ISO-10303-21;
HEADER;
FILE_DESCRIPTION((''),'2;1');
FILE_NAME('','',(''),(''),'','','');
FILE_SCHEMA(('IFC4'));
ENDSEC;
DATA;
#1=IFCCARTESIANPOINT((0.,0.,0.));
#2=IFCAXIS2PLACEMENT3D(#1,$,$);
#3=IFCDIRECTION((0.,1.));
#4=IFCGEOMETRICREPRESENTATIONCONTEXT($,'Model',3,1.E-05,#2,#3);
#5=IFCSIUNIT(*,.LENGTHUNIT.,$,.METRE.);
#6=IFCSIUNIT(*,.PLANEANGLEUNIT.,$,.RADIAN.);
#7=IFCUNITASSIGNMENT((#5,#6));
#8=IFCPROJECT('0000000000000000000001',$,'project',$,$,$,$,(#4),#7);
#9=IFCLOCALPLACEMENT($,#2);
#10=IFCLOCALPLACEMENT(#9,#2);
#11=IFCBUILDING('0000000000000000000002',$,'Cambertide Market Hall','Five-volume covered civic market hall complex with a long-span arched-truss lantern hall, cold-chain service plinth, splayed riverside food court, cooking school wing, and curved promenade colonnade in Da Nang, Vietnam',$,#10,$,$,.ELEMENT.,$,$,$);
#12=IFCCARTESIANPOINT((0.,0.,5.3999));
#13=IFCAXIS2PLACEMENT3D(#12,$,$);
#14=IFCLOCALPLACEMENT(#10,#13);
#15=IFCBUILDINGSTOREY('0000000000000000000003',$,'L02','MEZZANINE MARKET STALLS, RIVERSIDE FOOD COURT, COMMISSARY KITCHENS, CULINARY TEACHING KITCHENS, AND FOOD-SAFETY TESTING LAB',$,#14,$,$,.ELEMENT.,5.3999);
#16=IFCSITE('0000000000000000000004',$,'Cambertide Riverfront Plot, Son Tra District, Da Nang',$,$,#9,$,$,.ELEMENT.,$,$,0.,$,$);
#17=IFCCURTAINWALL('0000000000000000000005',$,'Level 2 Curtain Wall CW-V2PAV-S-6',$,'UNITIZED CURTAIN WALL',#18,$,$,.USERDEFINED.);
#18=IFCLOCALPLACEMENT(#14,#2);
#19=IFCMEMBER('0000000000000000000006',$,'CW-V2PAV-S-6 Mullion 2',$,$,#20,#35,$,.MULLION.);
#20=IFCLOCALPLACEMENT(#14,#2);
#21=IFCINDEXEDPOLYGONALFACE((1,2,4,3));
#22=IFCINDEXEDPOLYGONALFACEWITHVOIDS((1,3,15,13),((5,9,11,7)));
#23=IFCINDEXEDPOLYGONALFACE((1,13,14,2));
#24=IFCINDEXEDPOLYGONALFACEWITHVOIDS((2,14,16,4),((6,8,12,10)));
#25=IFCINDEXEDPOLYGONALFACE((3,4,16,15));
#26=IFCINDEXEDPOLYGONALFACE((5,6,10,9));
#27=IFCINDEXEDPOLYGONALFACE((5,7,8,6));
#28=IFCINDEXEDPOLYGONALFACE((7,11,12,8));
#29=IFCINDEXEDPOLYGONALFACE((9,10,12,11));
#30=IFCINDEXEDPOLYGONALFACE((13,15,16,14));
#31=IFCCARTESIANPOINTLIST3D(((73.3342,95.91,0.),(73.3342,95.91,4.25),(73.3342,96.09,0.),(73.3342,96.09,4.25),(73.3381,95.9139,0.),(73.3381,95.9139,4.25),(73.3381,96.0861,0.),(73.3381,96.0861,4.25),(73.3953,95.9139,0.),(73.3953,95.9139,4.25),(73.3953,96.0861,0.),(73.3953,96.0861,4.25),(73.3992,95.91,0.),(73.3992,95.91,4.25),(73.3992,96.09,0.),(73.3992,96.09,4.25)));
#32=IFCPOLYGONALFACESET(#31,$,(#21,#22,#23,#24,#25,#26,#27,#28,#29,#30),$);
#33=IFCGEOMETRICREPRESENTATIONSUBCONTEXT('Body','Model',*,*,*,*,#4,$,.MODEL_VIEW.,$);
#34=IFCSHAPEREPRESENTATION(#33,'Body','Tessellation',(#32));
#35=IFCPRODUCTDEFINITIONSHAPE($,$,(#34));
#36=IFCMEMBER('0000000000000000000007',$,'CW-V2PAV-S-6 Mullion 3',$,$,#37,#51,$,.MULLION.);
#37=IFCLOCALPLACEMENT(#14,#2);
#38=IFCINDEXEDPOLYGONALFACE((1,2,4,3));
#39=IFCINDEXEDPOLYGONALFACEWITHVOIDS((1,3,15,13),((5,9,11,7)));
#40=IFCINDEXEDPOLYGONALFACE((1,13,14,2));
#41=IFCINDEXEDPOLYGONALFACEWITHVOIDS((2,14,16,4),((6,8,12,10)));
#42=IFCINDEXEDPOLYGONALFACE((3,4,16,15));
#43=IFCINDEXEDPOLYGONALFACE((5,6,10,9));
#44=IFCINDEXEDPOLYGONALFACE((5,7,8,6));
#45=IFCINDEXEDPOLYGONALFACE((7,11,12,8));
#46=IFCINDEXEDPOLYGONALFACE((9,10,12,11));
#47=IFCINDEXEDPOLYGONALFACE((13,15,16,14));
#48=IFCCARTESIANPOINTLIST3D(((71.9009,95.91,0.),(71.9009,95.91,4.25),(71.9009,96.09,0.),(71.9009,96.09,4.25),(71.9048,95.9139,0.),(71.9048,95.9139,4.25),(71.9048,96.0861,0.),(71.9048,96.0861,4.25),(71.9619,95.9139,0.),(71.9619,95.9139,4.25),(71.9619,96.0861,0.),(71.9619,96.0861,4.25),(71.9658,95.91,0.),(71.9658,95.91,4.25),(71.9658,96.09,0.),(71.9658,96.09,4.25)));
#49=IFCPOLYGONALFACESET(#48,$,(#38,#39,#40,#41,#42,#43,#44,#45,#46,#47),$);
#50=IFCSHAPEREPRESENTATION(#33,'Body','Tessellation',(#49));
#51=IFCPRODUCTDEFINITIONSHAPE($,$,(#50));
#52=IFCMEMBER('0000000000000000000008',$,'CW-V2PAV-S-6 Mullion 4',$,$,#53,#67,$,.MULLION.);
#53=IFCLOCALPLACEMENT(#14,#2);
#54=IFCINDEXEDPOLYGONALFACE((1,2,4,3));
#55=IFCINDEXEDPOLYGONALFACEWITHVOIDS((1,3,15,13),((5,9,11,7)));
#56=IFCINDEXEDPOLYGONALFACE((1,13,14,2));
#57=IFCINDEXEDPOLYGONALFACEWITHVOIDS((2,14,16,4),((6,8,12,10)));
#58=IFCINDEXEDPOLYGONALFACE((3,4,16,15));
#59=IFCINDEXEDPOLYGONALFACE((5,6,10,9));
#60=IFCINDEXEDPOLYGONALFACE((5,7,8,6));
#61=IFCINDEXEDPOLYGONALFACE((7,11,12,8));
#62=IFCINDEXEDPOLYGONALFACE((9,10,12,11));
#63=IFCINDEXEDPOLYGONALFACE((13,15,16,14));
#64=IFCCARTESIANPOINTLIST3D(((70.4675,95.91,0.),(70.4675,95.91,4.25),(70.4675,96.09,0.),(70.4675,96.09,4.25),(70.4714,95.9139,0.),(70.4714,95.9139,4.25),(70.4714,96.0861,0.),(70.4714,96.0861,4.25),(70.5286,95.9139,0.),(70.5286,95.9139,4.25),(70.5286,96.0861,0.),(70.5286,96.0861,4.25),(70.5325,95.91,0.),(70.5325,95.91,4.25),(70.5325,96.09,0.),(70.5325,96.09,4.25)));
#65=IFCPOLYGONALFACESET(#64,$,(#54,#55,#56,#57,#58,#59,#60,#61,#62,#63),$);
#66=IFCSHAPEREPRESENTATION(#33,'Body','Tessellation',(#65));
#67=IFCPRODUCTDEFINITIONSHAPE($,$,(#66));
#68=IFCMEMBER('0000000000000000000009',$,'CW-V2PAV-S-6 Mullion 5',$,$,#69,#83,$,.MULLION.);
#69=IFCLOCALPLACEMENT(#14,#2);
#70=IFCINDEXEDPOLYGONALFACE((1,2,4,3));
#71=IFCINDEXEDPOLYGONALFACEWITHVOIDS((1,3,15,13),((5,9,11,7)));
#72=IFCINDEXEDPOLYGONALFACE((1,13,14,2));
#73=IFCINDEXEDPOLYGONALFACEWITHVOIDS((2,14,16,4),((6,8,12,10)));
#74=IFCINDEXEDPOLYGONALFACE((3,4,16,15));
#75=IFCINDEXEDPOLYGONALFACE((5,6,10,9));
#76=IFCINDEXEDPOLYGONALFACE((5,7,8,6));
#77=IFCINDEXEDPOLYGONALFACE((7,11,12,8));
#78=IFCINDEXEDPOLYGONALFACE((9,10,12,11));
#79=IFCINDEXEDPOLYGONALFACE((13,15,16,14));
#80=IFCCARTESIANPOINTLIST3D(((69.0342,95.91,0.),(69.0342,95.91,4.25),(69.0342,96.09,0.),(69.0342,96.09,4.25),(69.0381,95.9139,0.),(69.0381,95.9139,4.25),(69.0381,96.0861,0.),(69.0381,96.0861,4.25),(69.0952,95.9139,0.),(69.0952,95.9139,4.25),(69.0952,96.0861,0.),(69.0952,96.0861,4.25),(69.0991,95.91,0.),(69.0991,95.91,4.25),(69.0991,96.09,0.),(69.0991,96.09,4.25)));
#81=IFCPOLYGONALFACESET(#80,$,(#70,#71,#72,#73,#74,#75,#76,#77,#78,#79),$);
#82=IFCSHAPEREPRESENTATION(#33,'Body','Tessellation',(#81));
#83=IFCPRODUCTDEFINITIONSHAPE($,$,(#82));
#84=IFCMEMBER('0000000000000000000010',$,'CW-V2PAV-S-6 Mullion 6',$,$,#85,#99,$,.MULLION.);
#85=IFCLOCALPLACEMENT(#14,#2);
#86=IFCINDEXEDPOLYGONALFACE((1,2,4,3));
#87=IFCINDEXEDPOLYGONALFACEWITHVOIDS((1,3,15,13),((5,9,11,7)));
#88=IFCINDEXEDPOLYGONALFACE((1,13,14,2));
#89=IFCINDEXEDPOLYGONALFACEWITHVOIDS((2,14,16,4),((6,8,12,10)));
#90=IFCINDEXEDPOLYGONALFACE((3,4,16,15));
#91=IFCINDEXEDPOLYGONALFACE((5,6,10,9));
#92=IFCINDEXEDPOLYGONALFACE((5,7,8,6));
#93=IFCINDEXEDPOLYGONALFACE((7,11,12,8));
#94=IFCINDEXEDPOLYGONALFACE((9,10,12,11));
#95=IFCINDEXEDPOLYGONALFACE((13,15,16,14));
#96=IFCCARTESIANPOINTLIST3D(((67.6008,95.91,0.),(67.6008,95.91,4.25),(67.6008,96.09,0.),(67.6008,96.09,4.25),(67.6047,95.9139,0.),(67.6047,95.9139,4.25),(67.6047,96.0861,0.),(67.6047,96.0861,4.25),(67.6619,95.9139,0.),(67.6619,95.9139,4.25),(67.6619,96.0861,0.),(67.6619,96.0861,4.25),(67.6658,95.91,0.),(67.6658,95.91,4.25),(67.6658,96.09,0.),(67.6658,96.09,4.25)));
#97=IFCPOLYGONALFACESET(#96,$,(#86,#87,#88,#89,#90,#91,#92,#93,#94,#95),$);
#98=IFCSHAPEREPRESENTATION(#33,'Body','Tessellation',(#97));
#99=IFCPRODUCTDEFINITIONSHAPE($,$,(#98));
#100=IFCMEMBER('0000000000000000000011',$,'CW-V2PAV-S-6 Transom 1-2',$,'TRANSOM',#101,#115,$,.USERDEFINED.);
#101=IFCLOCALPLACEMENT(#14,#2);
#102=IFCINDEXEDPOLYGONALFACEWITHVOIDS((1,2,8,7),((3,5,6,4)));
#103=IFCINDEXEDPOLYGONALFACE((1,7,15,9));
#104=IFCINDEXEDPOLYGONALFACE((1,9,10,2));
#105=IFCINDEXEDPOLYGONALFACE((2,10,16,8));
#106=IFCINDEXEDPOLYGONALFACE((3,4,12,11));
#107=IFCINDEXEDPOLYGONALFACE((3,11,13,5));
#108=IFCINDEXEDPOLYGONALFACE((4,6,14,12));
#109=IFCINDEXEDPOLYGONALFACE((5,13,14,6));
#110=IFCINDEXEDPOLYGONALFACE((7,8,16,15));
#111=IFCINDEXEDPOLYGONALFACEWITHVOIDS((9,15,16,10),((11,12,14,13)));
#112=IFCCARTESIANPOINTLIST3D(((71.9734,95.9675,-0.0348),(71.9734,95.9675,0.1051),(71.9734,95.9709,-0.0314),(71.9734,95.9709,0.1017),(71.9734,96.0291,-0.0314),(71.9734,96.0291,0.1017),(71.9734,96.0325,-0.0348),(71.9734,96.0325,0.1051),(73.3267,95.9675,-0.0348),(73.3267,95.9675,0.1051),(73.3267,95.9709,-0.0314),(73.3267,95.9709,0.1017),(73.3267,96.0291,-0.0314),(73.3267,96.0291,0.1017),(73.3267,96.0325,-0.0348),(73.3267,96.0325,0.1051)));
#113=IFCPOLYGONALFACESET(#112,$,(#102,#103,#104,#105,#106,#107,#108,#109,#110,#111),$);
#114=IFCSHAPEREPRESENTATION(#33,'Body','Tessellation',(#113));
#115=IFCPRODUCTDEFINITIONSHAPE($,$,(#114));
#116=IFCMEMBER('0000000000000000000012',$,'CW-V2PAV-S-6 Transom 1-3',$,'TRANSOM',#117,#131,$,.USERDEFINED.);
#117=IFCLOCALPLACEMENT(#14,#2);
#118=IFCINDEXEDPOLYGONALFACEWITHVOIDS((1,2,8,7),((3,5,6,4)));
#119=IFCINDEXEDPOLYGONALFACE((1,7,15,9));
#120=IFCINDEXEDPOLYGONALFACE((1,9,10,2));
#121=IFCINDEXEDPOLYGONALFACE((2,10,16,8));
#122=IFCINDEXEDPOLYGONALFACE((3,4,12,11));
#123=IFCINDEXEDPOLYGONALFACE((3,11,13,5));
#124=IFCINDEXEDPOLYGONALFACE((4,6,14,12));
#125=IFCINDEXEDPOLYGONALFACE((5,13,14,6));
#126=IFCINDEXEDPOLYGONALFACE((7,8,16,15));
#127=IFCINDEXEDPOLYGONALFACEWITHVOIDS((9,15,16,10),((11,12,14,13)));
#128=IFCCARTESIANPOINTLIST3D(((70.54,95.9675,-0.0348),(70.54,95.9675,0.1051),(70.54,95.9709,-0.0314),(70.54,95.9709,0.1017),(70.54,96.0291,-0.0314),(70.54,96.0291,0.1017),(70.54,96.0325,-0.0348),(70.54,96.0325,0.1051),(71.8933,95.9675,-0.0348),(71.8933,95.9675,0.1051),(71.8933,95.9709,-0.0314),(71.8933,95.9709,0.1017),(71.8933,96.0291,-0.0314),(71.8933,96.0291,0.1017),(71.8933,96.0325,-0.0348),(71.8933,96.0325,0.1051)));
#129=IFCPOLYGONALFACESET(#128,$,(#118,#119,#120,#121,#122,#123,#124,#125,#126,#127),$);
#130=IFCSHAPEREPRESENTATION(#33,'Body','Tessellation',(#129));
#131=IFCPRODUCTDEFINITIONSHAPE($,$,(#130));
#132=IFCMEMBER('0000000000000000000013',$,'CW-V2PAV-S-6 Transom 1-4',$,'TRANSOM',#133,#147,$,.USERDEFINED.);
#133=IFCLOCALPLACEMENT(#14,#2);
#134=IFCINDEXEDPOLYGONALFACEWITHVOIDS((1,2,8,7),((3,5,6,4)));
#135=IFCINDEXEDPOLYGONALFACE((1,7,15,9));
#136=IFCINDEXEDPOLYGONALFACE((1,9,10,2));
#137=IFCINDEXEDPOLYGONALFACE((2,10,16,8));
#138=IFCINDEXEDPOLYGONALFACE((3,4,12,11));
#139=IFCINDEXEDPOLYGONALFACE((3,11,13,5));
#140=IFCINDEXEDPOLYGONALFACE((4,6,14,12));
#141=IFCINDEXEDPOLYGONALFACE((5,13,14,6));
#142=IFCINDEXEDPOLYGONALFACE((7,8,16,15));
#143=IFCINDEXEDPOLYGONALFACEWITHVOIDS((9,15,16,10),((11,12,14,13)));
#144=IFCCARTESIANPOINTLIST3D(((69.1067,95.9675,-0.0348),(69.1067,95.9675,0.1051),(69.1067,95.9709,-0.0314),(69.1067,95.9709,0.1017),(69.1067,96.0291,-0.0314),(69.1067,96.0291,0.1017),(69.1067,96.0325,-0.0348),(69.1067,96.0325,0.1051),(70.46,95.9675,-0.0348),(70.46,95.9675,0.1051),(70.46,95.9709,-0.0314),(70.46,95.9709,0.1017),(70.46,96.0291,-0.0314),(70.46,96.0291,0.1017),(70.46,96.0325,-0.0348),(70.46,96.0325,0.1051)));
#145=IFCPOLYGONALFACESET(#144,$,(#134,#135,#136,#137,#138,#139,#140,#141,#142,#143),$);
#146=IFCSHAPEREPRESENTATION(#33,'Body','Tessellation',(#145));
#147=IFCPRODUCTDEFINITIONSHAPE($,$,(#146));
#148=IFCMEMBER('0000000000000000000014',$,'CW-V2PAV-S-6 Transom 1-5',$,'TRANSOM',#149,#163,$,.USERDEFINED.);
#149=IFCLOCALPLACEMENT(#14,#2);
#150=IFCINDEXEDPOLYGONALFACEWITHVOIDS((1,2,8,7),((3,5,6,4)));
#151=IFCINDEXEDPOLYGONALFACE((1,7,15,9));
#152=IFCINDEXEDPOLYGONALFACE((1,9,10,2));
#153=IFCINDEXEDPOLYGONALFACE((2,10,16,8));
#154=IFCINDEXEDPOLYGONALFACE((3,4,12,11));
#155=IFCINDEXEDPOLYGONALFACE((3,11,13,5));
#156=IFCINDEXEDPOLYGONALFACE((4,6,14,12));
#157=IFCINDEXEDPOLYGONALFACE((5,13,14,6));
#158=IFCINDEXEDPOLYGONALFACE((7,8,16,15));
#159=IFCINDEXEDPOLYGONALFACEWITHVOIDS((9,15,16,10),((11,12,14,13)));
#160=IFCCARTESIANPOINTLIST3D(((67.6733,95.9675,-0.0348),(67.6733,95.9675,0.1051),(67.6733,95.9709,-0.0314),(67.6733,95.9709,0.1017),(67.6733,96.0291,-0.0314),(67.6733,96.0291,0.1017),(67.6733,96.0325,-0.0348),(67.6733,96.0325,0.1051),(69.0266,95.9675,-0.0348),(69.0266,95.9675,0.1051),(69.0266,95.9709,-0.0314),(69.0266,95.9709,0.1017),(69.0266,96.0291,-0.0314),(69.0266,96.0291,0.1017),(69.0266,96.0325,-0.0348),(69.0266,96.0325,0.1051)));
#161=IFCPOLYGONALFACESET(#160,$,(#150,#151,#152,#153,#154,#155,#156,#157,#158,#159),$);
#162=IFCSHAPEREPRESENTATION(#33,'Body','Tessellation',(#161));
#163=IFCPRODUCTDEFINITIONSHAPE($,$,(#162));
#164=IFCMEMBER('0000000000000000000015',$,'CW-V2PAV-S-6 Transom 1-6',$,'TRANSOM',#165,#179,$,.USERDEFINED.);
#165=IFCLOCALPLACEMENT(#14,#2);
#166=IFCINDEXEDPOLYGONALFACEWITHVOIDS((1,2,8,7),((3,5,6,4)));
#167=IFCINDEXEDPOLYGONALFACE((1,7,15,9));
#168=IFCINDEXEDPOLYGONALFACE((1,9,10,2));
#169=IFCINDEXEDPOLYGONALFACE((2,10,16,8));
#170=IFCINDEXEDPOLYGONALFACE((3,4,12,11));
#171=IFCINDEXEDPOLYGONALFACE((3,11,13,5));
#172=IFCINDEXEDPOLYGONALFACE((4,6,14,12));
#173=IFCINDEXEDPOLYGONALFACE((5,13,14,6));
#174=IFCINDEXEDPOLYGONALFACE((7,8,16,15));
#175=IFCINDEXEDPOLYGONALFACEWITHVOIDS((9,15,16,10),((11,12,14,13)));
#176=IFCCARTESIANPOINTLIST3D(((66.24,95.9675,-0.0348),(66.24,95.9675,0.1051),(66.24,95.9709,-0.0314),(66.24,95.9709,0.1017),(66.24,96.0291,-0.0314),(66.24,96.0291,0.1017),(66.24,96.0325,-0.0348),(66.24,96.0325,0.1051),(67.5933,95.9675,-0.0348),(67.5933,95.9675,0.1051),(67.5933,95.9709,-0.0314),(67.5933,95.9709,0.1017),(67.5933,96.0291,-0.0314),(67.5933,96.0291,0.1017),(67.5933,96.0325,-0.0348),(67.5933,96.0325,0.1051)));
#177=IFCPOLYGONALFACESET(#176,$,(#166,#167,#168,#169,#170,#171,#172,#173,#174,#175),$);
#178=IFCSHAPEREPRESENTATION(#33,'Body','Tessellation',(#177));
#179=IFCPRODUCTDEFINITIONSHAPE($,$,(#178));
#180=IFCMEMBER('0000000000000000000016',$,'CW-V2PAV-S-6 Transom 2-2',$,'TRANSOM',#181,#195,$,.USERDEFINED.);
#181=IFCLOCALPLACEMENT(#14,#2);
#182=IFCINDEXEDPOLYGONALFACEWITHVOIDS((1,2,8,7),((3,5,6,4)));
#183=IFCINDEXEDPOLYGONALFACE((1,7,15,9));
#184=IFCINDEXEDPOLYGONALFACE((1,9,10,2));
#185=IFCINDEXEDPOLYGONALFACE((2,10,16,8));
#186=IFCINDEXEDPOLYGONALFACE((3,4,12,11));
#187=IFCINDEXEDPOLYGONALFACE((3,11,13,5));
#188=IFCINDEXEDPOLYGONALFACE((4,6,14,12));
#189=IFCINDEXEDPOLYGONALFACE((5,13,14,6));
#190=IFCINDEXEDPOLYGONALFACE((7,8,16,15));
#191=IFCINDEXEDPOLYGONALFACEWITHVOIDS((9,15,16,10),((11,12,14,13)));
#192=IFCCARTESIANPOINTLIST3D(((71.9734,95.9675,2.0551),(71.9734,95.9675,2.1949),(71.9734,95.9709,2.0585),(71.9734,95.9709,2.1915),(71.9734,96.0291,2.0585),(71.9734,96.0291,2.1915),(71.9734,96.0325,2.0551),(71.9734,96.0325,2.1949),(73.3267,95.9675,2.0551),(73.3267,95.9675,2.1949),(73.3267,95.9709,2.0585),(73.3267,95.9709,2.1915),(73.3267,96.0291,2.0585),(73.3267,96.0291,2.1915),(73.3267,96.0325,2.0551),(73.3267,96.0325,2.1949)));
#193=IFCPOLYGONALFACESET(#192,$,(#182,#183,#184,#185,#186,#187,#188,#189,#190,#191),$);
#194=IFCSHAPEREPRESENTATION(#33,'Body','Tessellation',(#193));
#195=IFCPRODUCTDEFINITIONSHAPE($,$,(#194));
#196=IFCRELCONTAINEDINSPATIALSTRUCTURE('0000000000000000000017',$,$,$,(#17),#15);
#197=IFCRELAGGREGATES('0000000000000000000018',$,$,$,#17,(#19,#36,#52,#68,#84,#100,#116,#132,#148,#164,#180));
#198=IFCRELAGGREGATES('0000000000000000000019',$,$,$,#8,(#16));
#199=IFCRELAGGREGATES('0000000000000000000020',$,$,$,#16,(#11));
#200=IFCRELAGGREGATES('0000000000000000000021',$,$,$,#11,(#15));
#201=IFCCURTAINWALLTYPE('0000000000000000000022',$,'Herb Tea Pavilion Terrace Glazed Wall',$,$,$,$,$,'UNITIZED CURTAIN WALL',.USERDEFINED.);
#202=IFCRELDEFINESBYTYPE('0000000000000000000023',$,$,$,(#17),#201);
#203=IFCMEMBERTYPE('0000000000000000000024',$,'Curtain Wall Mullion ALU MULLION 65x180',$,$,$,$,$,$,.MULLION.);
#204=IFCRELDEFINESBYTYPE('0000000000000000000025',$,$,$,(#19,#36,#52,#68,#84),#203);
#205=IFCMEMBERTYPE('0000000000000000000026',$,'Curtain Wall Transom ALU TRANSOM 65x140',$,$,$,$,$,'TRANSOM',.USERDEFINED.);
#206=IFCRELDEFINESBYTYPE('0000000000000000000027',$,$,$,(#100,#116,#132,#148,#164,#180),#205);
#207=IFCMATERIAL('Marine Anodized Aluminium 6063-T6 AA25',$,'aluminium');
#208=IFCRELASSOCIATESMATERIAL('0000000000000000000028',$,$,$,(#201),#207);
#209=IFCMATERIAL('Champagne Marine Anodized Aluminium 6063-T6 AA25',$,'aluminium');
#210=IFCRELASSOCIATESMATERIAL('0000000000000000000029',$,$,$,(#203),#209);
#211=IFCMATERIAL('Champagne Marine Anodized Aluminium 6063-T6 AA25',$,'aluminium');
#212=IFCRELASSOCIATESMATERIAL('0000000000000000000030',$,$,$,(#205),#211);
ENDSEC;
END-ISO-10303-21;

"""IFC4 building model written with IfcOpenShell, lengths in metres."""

from ifc_helpers import new_model, si_unit, direction, frame, origin, origin_2d, place, context, subcontext, project, spatial, hollow_rectangle, extrude, material, material_profile, profile_set, type_object, element, aggregate, save


model = new_model("IFC4")

# Units and contexts
model_context = context("Model", 3, precision=1e-05, world=origin(), true_north=direction((0.0, 1.0)))
body_context = subcontext(model_context, "Body", "Model", "MODEL_VIEW")
ifc_project = project(units=[si_unit("LENGTHUNIT", "METRE"), si_unit("PLANEANGLEUNIT", "RADIAN")], contexts=[model_context])

# Site, building, storey
site_placement = place(None, origin())
site = spatial("IfcSite", under=ifc_project, at=site_placement, Name="Cambertide Riverfront Plot, Son Tra District, Da Nang", CompositionType="ELEMENT", RefElevation=0.0)
building_placement = place(site_placement, origin())
building = spatial("IfcBuilding", under=site, at=building_placement, Name="Cambertide Market Hall", Description="Five-volume covered civic market hall complex with a long-span arched-truss lantern hall, cold-chain service plinth, splayed riverside food court, cooking school wing, and curved promenade colonnade in Da Nang, Vietnam", CompositionType="ELEMENT")
storey_placement = place(building_placement, frame((0.0, 0.0, 5.3999)))
storey = spatial("IfcBuildingStorey", under=building, at=storey_placement, Name="L02", Description="MEZZANINE MARKET STALLS, RIVERSIDE FOOD COURT, COMMISSARY KITCHENS, CULINARY TEACHING KITCHENS, AND FOOD-SAFETY TESTING LAB", CompositionType="ELEMENT", Elevation=5.3999)

# Curtain wall, members
ifc_material_1 = material(Name="Marine Anodized Aluminium 6063-T6 AA25", Category="aluminium")
curtain_wall_type = type_object("IfcCurtainWallType", Name="Herb Tea Pavilion Terrace Glazed Wall", ElementType="UNITIZED CURTAIN WALL", PredefinedType="USERDEFINED", material=ifc_material_1)
curtain_wall_placement = place(storey_placement, origin())
curtain_wall = element("IfcCurtainWall", 1, at=curtain_wall_placement, inside=storey, type_object=curtain_wall_type, Name="Level 2 Curtain Wall CW-V2PAV-S-6", ObjectType="UNITIZED CURTAIN WALL", PredefinedType="USERDEFINED")
ifc_material_2 = material(Name="Champagne Marine Anodized Aluminium 6063-T6 AA25", Category="aluminium")
ifc_material_profile_1 = material_profile(ifc_material_2, hollow_rectangle(XDim=0.0649, YDim=0.1799, WallThickness=0.0039, at=origin_2d()), Name="ALU MULLION 65x180")
ifc_profile_set_1 = profile_set([ifc_material_profile_1], Name="Champagne Marine Anodized Aluminium 6063-T6 AA25")
member_type_1 = type_object("IfcMemberType", Name="Curtain Wall Mullion ALU MULLION 65x180", PredefinedType="MULLION", material=ifc_profile_set_1)
member_1_placement = place(storey_placement, frame((73.3667, 96.0, 0.0), z_axis=(0.0, 0.0, 1.0), x_axis=(-1.0, 0.0, 0.0)))
member_1 = element("IfcMember", 2, at=member_1_placement, type_object=member_type_1, Name="CW-V2PAV-S-6 Mullion 2", PredefinedType="MULLION", context=body_context, shape_type="SweptSolid", body=[
    extrude(hollow_rectangle(XDim=0.0649, YDim=0.1799, WallThickness=0.0039, at=origin_2d()), origin(), (0.0, 0.0, 1.0), 4.25),
])
member_2_placement = place(storey_placement, frame((71.9333, 96.0, 0.0), z_axis=(0.0, 0.0, 1.0), x_axis=(-1.0, 0.0, 0.0)))
member_2 = element("IfcMember", 3, at=member_2_placement, type_object=member_type_1, Name="CW-V2PAV-S-6 Mullion 3", PredefinedType="MULLION", context=body_context, shape_type="SweptSolid", body=[
    extrude(hollow_rectangle(XDim=0.0649, YDim=0.1799, WallThickness=0.0039, at=origin_2d()), origin(), (0.0, 0.0, 1.0), 4.25),
])
member_3_placement = place(storey_placement, frame((70.5, 96.0, 0.0), z_axis=(0.0, 0.0, 1.0), x_axis=(-1.0, 0.0, 0.0)))
member_3 = element("IfcMember", 4, at=member_3_placement, type_object=member_type_1, Name="CW-V2PAV-S-6 Mullion 4", PredefinedType="MULLION", context=body_context, shape_type="SweptSolid", body=[
    extrude(hollow_rectangle(XDim=0.0649, YDim=0.1799, WallThickness=0.0039, at=origin_2d()), origin(), (0.0, 0.0, 1.0), 4.25),
])
member_4_placement = place(storey_placement, frame((69.0667, 96.0, 0.0), z_axis=(0.0, 0.0, 1.0), x_axis=(-1.0, 0.0, 0.0)))
member_4 = element("IfcMember", 5, at=member_4_placement, type_object=member_type_1, Name="CW-V2PAV-S-6 Mullion 5", PredefinedType="MULLION", context=body_context, shape_type="SweptSolid", body=[
    extrude(hollow_rectangle(XDim=0.0649, YDim=0.1799, WallThickness=0.0039, at=origin_2d()), origin(), (0.0, 0.0, 1.0), 4.25),
])
member_5_placement = place(storey_placement, frame((67.6333, 96.0, 0.0), z_axis=(0.0, 0.0, 1.0), x_axis=(-1.0, 0.0, 0.0)))
member_5 = element("IfcMember", 6, at=member_5_placement, type_object=member_type_1, Name="CW-V2PAV-S-6 Mullion 6", PredefinedType="MULLION", context=body_context, shape_type="SweptSolid", body=[
    extrude(hollow_rectangle(XDim=0.0649, YDim=0.1799, WallThickness=0.0039, at=origin_2d()), origin(), (0.0, 0.0, 1.0), 4.25),
])
ifc_material_3 = material(Name="Champagne Marine Anodized Aluminium 6063-T6 AA25", Category="aluminium")
ifc_material_profile_2 = material_profile(ifc_material_3, hollow_rectangle(XDim=0.0649, YDim=0.1399, WallThickness=0.0034, at=origin_2d()), Name="ALU TRANSOM 65x140")
ifc_profile_set_2 = profile_set([ifc_material_profile_2], Name="Champagne Marine Anodized Aluminium 6063-T6 AA25")
member_type_2 = type_object("IfcMemberType", Name="Curtain Wall Transom ALU TRANSOM 65x140", ElementType="TRANSOM", PredefinedType="USERDEFINED", material=ifc_profile_set_2)
member_6_placement = place(storey_placement, frame((73.3267, 96.0, 0.0352), z_axis=(-1.0, 0.0, 0.0), x_axis=(0.0, -1.0, 0.0)))
member_6 = element("IfcMember", 7, at=member_6_placement, type_object=member_type_2, Name="CW-V2PAV-S-6 Transom 1-2", ObjectType="TRANSOM", PredefinedType="USERDEFINED", context=body_context, shape_type="SweptSolid", body=[
    extrude(hollow_rectangle(XDim=0.0649, YDim=0.1399, WallThickness=0.0034, at=origin_2d()), origin(), (0.0, 0.0, 1.0), 1.3533),
])
member_7_placement = place(storey_placement, frame((71.8933, 96.0, 0.0352), z_axis=(-1.0, 0.0, 0.0), x_axis=(0.0, -1.0, 0.0)))
member_7 = element("IfcMember", 8, at=member_7_placement, type_object=member_type_2, Name="CW-V2PAV-S-6 Transom 1-3", ObjectType="TRANSOM", PredefinedType="USERDEFINED", context=body_context, shape_type="SweptSolid", body=[
    extrude(hollow_rectangle(XDim=0.0649, YDim=0.1399, WallThickness=0.0034, at=origin_2d()), origin(), (0.0, 0.0, 1.0), 1.3533),
])
member_8_placement = place(storey_placement, frame((70.46, 96.0, 0.0352), z_axis=(-1.0, 0.0, 0.0), x_axis=(0.0, -1.0, 0.0)))
member_8 = element("IfcMember", 9, at=member_8_placement, type_object=member_type_2, Name="CW-V2PAV-S-6 Transom 1-4", ObjectType="TRANSOM", PredefinedType="USERDEFINED", context=body_context, shape_type="SweptSolid", body=[
    extrude(hollow_rectangle(XDim=0.0649, YDim=0.1399, WallThickness=0.0034, at=origin_2d()), origin(), (0.0, 0.0, 1.0), 1.3533),
])
member_9_placement = place(storey_placement, frame((69.0266, 96.0, 0.0352), z_axis=(-1.0, 0.0, 0.0), x_axis=(0.0, -1.0, 0.0)))
member_9 = element("IfcMember", 10, at=member_9_placement, type_object=member_type_2, Name="CW-V2PAV-S-6 Transom 1-5", ObjectType="TRANSOM", PredefinedType="USERDEFINED", context=body_context, shape_type="SweptSolid", body=[
    extrude(hollow_rectangle(XDim=0.0649, YDim=0.1399, WallThickness=0.0034, at=origin_2d()), origin(), (0.0, 0.0, 1.0), 1.3533),
])
member_10_placement = place(storey_placement, frame((67.5933, 96.0, 0.0352), z_axis=(-1.0, 0.0, 0.0), x_axis=(0.0, -1.0, 0.0)))
member_10 = element("IfcMember", 11, at=member_10_placement, type_object=member_type_2, Name="CW-V2PAV-S-6 Transom 1-6", ObjectType="TRANSOM", PredefinedType="USERDEFINED", context=body_context, shape_type="SweptSolid", body=[
    extrude(hollow_rectangle(XDim=0.0649, YDim=0.1399, WallThickness=0.0034, at=origin_2d()), origin(), (0.0, 0.0, 1.0), 1.3533),
])
member_11_placement = place(storey_placement, frame((73.3267, 96.0, 2.125), z_axis=(-1.0, 0.0, 0.0), x_axis=(0.0, -1.0, 0.0)))
member_11 = element("IfcMember", 12, at=member_11_placement, type_object=member_type_2, Name="CW-V2PAV-S-6 Transom 2-2", ObjectType="TRANSOM", PredefinedType="USERDEFINED", context=body_context, shape_type="SweptSolid", body=[
    extrude(hollow_rectangle(XDim=0.0649, YDim=0.1399, WallThickness=0.0034, at=origin_2d()), origin(), (0.0, 0.0, 1.0), 1.3533),
])
aggregate(curtain_wall, [member_1, member_2, member_3, member_4, member_5, member_6, member_7, member_8, member_9, member_10, member_11])

save(model, "model.ifc")
